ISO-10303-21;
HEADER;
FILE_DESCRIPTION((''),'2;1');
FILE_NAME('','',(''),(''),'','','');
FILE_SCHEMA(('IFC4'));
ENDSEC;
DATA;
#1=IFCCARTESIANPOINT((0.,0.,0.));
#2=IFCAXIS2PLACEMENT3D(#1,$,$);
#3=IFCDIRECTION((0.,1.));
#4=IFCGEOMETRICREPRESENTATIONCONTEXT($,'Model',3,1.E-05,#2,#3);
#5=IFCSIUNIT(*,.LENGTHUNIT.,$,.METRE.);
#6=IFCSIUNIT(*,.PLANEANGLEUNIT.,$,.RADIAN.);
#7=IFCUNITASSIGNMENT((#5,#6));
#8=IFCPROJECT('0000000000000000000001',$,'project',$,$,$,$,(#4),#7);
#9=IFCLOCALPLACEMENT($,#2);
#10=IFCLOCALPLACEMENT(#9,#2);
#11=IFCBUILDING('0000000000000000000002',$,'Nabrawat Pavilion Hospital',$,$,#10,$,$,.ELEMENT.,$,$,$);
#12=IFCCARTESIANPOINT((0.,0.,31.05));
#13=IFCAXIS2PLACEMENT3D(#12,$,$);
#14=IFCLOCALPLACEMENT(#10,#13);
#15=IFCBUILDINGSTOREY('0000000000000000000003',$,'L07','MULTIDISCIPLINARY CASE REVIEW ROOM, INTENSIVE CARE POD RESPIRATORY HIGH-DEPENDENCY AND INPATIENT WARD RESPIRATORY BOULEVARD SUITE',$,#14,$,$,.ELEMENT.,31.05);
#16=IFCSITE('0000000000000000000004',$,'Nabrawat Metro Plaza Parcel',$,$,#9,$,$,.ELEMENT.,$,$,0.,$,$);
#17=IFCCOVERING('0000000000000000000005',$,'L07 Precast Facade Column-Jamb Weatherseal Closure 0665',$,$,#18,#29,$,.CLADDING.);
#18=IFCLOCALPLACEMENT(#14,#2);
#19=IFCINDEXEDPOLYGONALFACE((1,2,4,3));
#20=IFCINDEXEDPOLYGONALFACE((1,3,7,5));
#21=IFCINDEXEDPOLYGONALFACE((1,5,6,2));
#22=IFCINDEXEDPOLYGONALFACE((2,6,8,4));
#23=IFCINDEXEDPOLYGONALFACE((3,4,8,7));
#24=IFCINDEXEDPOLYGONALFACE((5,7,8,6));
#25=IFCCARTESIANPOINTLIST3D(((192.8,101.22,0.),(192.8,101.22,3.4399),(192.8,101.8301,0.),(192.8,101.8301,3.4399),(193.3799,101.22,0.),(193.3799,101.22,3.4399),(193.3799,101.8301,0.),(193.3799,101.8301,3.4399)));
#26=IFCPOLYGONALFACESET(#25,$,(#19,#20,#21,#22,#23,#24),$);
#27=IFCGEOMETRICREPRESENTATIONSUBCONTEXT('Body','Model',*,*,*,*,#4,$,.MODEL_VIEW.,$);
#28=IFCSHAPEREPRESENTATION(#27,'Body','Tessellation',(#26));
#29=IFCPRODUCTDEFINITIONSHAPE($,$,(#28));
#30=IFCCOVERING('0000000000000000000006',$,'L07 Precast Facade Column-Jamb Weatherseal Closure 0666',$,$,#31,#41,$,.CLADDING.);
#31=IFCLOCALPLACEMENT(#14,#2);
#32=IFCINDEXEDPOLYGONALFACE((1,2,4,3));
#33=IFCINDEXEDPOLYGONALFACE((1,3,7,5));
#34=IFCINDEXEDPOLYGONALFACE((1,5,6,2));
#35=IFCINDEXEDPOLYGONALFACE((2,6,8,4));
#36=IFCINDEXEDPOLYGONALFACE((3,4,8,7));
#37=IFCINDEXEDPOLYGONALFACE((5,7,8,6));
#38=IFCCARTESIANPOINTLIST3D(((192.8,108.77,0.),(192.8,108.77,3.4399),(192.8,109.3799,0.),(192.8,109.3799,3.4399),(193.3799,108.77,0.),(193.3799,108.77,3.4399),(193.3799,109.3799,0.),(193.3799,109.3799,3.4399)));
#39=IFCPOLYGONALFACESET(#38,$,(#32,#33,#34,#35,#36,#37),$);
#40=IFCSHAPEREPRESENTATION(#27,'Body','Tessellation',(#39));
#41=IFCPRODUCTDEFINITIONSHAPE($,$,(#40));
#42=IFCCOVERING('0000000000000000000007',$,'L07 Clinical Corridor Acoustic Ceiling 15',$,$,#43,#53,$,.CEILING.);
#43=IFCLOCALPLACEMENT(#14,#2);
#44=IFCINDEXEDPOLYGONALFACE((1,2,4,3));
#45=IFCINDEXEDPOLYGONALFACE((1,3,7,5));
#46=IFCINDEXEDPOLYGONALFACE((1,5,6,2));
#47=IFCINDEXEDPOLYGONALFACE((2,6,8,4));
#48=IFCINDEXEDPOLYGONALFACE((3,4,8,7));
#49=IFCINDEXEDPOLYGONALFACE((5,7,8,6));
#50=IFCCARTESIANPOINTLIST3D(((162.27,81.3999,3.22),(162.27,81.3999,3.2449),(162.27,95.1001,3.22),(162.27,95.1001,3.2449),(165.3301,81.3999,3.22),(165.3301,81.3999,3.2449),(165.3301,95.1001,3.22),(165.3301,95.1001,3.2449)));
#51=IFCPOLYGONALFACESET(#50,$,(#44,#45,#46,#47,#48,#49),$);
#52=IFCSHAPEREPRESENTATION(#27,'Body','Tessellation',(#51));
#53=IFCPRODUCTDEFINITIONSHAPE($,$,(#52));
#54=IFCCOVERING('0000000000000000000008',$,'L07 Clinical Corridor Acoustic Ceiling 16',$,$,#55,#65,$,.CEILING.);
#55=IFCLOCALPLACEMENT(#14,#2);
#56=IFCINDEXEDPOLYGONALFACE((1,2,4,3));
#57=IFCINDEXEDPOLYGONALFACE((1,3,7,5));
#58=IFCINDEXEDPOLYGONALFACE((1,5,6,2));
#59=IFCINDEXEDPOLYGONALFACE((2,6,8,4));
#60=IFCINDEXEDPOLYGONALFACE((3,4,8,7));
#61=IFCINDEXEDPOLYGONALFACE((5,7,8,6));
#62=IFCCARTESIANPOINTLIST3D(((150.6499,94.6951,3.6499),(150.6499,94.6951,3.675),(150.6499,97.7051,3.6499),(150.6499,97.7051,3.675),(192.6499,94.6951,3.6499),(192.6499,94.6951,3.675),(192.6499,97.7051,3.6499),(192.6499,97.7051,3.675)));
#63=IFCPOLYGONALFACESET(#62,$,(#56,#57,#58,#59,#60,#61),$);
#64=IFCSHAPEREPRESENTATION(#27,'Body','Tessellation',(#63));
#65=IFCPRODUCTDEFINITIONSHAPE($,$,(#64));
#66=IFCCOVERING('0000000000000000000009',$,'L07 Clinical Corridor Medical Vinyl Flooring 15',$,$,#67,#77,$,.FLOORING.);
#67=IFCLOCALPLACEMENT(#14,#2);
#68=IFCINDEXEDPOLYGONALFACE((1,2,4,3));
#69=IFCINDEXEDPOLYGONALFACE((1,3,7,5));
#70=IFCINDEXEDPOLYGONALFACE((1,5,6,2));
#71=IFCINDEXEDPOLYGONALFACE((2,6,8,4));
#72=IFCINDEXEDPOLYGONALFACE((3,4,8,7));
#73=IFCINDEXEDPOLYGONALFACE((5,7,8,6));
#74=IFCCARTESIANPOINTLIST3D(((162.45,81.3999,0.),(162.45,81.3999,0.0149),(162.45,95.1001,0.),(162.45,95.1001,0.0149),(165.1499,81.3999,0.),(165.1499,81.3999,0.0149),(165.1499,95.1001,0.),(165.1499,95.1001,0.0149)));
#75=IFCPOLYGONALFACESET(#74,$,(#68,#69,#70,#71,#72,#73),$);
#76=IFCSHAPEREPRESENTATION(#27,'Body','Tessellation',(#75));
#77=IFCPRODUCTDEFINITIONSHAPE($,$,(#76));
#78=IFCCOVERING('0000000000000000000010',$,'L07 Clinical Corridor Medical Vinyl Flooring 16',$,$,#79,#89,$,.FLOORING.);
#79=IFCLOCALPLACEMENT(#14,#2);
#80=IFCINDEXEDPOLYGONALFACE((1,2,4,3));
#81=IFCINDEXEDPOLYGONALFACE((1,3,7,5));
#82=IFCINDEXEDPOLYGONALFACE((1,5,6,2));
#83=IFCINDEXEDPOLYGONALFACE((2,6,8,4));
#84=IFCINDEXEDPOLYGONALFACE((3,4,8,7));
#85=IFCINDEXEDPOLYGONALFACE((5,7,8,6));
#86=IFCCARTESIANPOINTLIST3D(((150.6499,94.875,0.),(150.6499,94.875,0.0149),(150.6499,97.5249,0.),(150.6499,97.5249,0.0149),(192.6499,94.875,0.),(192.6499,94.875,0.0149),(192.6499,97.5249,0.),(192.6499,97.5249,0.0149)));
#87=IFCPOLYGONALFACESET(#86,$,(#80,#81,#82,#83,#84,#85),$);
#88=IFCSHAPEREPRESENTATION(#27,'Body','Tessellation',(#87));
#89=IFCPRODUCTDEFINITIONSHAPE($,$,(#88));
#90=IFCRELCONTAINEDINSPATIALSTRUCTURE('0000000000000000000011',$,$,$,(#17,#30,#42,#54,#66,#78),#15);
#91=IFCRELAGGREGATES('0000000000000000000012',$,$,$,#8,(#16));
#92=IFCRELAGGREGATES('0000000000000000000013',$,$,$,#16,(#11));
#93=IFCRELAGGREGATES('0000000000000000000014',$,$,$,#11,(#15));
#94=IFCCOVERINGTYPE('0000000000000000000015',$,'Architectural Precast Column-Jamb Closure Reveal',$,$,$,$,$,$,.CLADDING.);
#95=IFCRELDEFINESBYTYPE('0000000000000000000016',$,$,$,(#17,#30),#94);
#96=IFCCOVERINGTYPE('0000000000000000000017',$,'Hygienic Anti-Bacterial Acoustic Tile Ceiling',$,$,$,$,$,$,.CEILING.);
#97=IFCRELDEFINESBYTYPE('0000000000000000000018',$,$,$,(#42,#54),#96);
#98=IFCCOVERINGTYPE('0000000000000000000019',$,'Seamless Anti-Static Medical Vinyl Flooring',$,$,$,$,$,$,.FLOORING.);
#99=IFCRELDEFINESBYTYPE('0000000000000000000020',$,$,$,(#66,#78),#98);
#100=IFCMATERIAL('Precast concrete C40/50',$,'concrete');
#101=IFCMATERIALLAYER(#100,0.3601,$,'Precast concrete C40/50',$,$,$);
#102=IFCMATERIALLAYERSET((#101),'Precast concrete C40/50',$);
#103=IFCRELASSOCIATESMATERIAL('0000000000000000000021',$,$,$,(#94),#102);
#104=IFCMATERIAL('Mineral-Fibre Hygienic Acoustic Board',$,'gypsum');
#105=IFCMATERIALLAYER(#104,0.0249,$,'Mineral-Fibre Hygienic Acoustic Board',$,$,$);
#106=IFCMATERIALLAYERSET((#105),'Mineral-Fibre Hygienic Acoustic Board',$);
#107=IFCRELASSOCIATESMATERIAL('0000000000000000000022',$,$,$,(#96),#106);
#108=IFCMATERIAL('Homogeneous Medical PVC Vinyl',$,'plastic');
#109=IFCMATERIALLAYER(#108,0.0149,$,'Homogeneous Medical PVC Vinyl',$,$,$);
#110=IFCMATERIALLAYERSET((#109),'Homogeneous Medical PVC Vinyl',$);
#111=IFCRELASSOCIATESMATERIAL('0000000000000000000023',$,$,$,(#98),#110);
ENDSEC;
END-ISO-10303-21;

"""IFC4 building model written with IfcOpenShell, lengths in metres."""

from ifc_helpers import new_model, si_unit, direction, frame, origin, place, context, subcontext, project, spatial, polyline, outline, extrude, material, layer, layer_set, type_object, element, save


model = new_model("IFC4")

# Units and contexts
model_context = context("Model", 3, precision=1e-05, world=origin(), true_north=direction((0.0, 1.0)))
body_context = subcontext(model_context, "Body", "Model", "MODEL_VIEW")
ifc_project = project(units=[si_unit("LENGTHUNIT", "METRE"), si_unit("PLANEANGLEUNIT", "RADIAN")], contexts=[model_context])

# Site, building, storey
site_placement = place(None, origin())
site = spatial("IfcSite", under=ifc_project, at=site_placement, Name="Nabrawat Metro Plaza Parcel", CompositionType="ELEMENT", RefElevation=0.0)
building_placement = place(site_placement, origin())
building = spatial("IfcBuilding", under=site, at=building_placement, Name="Nabrawat Pavilion Hospital", CompositionType="ELEMENT")
storey_placement = place(building_placement, frame((0.0, 0.0, 31.05)))
storey = spatial("IfcBuildingStorey", under=building, at=storey_placement, Name="L07", Description="MULTIDISCIPLINARY CASE REVIEW ROOM, INTENSIVE CARE POD RESPIRATORY HIGH-DEPENDENCY AND INPATIENT WARD RESPIRATORY BOULEVARD SUITE", CompositionType="ELEMENT", Elevation=31.05)

# Coverings
ifc_material_1 = material(Name="Precast concrete C40/50", Category="concrete")
ifc_layer_1 = layer(ifc_material_1, 0.3601, Name="Precast concrete C40/50")
ifc_layer_set_1 = layer_set([ifc_layer_1], Name="Precast concrete C40/50")
covering_type_1 = type_object("IfcCoveringType", Name="Architectural Precast Column-Jamb Closure Reveal", PredefinedType="CLADDING", material=ifc_layer_set_1)
covering_1_placement = place(storey_placement, origin())
element("IfcCovering", 1, at=covering_1_placement, inside=storey, type_object=covering_type_1, Name="L07 Precast Facade Column-Jamb Weatherseal Closure 0665", PredefinedType="CLADDING", context=body_context, shape_type="SweptSolid", body=[
    extrude(outline(polyline([(193.3799, 101.22), (193.3799, 101.8301), (192.8, 101.8301), (192.8, 101.22), (193.3799, 101.22)])), origin(), (0.0, 0.0, 1.0), 3.4399),
])
covering_2_placement = place(storey_placement, origin())
element("IfcCovering", 2, at=covering_2_placement, inside=storey, type_object=covering_type_1, Name="L07 Precast Facade Column-Jamb Weatherseal Closure 0666", PredefinedType="CLADDING", context=body_context, shape_type="SweptSolid", body=[
    extrude(outline(polyline([(193.3799, 108.77), (193.3799, 109.3799), (192.8, 109.3799), (192.8, 108.77), (193.3799, 108.77)])), origin(), (0.0, 0.0, 1.0), 3.4399),
])

# Coverings
ifc_material_2 = material(Name="Mineral-Fibre Hygienic Acoustic Board", Category="gypsum")
ifc_layer_2 = layer(ifc_material_2, 0.0249, Name="Mineral-Fibre Hygienic Acoustic Board")
ifc_layer_set_2 = layer_set([ifc_layer_2], Name="Mineral-Fibre Hygienic Acoustic Board")
covering_type_2 = type_object("IfcCoveringType", Name="Hygienic Anti-Bacterial Acoustic Tile Ceiling", PredefinedType="CEILING", material=ifc_layer_set_2)
covering_3_placement = place(storey_placement, frame((0.0, 0.0, 3.22)))
element("IfcCovering", 3, at=covering_3_placement, inside=storey, type_object=covering_type_2, Name="L07 Clinical Corridor Acoustic Ceiling 15", PredefinedType="CEILING", context=body_context, shape_type="SweptSolid", body=[
    extrude(outline(polyline([(165.3301, 81.3999), (165.3301, 95.1001), (162.27, 95.1001), (162.27, 81.3999), (165.3301, 81.3999)])), origin(), (0.0, 0.0, 1.0), 0.0249),
])
covering_4_placement = place(storey_placement, frame((0.0, 0.0, 3.6499)))
element("IfcCovering", 4, at=covering_4_placement, inside=storey, type_object=covering_type_2, Name="L07 Clinical Corridor Acoustic Ceiling 16", PredefinedType="CEILING", context=body_context, shape_type="SweptSolid", body=[
    extrude(outline(polyline([(192.6499, 94.6951), (192.6499, 97.7051), (150.6499, 97.7051), (150.6499, 94.6951), (192.6499, 94.6951)])), origin(), (0.0, 0.0, 1.0), 0.0251),
])
ifc_material_3 = material(Name="Homogeneous Medical PVC Vinyl", Category="plastic")
ifc_layer_3 = layer(ifc_material_3, 0.0149, Name="Homogeneous Medical PVC Vinyl")
ifc_layer_set_3 = layer_set([ifc_layer_3], Name="Homogeneous Medical PVC Vinyl")
covering_type_3 = type_object("IfcCoveringType", Name="Seamless Anti-Static Medical Vinyl Flooring", PredefinedType="FLOORING", material=ifc_layer_set_3)
covering_5_placement = place(storey_placement, origin())
element("IfcCovering", 5, at=covering_5_placement, inside=storey, type_object=covering_type_3, Name="L07 Clinical Corridor Medical Vinyl Flooring 15", PredefinedType="FLOORING", context=body_context, shape_type="SweptSolid", body=[
    extrude(outline(polyline([(165.1499, 81.3999), (165.1499, 95.1001), (162.45, 95.1001), (162.45, 81.3999), (165.1499, 81.3999)])), origin(), (0.0, 0.0, 1.0), 0.0149),
])
covering_6_placement = place(storey_placement, origin())
element("IfcCovering", 6, at=covering_6_placement, inside=storey, type_object=covering_type_3, Name="L07 Clinical Corridor Medical Vinyl Flooring 16", PredefinedType="FLOORING", context=body_context, shape_type="SweptSolid", body=[
    extrude(outline(polyline([(192.6499, 94.875), (192.6499, 97.5249), (150.6499, 97.5249), (150.6499, 94.875), (192.6499, 94.875)])), origin(), (0.0, 0.0, 1.0), 0.0149),
])

save(model, "model.ifc")
